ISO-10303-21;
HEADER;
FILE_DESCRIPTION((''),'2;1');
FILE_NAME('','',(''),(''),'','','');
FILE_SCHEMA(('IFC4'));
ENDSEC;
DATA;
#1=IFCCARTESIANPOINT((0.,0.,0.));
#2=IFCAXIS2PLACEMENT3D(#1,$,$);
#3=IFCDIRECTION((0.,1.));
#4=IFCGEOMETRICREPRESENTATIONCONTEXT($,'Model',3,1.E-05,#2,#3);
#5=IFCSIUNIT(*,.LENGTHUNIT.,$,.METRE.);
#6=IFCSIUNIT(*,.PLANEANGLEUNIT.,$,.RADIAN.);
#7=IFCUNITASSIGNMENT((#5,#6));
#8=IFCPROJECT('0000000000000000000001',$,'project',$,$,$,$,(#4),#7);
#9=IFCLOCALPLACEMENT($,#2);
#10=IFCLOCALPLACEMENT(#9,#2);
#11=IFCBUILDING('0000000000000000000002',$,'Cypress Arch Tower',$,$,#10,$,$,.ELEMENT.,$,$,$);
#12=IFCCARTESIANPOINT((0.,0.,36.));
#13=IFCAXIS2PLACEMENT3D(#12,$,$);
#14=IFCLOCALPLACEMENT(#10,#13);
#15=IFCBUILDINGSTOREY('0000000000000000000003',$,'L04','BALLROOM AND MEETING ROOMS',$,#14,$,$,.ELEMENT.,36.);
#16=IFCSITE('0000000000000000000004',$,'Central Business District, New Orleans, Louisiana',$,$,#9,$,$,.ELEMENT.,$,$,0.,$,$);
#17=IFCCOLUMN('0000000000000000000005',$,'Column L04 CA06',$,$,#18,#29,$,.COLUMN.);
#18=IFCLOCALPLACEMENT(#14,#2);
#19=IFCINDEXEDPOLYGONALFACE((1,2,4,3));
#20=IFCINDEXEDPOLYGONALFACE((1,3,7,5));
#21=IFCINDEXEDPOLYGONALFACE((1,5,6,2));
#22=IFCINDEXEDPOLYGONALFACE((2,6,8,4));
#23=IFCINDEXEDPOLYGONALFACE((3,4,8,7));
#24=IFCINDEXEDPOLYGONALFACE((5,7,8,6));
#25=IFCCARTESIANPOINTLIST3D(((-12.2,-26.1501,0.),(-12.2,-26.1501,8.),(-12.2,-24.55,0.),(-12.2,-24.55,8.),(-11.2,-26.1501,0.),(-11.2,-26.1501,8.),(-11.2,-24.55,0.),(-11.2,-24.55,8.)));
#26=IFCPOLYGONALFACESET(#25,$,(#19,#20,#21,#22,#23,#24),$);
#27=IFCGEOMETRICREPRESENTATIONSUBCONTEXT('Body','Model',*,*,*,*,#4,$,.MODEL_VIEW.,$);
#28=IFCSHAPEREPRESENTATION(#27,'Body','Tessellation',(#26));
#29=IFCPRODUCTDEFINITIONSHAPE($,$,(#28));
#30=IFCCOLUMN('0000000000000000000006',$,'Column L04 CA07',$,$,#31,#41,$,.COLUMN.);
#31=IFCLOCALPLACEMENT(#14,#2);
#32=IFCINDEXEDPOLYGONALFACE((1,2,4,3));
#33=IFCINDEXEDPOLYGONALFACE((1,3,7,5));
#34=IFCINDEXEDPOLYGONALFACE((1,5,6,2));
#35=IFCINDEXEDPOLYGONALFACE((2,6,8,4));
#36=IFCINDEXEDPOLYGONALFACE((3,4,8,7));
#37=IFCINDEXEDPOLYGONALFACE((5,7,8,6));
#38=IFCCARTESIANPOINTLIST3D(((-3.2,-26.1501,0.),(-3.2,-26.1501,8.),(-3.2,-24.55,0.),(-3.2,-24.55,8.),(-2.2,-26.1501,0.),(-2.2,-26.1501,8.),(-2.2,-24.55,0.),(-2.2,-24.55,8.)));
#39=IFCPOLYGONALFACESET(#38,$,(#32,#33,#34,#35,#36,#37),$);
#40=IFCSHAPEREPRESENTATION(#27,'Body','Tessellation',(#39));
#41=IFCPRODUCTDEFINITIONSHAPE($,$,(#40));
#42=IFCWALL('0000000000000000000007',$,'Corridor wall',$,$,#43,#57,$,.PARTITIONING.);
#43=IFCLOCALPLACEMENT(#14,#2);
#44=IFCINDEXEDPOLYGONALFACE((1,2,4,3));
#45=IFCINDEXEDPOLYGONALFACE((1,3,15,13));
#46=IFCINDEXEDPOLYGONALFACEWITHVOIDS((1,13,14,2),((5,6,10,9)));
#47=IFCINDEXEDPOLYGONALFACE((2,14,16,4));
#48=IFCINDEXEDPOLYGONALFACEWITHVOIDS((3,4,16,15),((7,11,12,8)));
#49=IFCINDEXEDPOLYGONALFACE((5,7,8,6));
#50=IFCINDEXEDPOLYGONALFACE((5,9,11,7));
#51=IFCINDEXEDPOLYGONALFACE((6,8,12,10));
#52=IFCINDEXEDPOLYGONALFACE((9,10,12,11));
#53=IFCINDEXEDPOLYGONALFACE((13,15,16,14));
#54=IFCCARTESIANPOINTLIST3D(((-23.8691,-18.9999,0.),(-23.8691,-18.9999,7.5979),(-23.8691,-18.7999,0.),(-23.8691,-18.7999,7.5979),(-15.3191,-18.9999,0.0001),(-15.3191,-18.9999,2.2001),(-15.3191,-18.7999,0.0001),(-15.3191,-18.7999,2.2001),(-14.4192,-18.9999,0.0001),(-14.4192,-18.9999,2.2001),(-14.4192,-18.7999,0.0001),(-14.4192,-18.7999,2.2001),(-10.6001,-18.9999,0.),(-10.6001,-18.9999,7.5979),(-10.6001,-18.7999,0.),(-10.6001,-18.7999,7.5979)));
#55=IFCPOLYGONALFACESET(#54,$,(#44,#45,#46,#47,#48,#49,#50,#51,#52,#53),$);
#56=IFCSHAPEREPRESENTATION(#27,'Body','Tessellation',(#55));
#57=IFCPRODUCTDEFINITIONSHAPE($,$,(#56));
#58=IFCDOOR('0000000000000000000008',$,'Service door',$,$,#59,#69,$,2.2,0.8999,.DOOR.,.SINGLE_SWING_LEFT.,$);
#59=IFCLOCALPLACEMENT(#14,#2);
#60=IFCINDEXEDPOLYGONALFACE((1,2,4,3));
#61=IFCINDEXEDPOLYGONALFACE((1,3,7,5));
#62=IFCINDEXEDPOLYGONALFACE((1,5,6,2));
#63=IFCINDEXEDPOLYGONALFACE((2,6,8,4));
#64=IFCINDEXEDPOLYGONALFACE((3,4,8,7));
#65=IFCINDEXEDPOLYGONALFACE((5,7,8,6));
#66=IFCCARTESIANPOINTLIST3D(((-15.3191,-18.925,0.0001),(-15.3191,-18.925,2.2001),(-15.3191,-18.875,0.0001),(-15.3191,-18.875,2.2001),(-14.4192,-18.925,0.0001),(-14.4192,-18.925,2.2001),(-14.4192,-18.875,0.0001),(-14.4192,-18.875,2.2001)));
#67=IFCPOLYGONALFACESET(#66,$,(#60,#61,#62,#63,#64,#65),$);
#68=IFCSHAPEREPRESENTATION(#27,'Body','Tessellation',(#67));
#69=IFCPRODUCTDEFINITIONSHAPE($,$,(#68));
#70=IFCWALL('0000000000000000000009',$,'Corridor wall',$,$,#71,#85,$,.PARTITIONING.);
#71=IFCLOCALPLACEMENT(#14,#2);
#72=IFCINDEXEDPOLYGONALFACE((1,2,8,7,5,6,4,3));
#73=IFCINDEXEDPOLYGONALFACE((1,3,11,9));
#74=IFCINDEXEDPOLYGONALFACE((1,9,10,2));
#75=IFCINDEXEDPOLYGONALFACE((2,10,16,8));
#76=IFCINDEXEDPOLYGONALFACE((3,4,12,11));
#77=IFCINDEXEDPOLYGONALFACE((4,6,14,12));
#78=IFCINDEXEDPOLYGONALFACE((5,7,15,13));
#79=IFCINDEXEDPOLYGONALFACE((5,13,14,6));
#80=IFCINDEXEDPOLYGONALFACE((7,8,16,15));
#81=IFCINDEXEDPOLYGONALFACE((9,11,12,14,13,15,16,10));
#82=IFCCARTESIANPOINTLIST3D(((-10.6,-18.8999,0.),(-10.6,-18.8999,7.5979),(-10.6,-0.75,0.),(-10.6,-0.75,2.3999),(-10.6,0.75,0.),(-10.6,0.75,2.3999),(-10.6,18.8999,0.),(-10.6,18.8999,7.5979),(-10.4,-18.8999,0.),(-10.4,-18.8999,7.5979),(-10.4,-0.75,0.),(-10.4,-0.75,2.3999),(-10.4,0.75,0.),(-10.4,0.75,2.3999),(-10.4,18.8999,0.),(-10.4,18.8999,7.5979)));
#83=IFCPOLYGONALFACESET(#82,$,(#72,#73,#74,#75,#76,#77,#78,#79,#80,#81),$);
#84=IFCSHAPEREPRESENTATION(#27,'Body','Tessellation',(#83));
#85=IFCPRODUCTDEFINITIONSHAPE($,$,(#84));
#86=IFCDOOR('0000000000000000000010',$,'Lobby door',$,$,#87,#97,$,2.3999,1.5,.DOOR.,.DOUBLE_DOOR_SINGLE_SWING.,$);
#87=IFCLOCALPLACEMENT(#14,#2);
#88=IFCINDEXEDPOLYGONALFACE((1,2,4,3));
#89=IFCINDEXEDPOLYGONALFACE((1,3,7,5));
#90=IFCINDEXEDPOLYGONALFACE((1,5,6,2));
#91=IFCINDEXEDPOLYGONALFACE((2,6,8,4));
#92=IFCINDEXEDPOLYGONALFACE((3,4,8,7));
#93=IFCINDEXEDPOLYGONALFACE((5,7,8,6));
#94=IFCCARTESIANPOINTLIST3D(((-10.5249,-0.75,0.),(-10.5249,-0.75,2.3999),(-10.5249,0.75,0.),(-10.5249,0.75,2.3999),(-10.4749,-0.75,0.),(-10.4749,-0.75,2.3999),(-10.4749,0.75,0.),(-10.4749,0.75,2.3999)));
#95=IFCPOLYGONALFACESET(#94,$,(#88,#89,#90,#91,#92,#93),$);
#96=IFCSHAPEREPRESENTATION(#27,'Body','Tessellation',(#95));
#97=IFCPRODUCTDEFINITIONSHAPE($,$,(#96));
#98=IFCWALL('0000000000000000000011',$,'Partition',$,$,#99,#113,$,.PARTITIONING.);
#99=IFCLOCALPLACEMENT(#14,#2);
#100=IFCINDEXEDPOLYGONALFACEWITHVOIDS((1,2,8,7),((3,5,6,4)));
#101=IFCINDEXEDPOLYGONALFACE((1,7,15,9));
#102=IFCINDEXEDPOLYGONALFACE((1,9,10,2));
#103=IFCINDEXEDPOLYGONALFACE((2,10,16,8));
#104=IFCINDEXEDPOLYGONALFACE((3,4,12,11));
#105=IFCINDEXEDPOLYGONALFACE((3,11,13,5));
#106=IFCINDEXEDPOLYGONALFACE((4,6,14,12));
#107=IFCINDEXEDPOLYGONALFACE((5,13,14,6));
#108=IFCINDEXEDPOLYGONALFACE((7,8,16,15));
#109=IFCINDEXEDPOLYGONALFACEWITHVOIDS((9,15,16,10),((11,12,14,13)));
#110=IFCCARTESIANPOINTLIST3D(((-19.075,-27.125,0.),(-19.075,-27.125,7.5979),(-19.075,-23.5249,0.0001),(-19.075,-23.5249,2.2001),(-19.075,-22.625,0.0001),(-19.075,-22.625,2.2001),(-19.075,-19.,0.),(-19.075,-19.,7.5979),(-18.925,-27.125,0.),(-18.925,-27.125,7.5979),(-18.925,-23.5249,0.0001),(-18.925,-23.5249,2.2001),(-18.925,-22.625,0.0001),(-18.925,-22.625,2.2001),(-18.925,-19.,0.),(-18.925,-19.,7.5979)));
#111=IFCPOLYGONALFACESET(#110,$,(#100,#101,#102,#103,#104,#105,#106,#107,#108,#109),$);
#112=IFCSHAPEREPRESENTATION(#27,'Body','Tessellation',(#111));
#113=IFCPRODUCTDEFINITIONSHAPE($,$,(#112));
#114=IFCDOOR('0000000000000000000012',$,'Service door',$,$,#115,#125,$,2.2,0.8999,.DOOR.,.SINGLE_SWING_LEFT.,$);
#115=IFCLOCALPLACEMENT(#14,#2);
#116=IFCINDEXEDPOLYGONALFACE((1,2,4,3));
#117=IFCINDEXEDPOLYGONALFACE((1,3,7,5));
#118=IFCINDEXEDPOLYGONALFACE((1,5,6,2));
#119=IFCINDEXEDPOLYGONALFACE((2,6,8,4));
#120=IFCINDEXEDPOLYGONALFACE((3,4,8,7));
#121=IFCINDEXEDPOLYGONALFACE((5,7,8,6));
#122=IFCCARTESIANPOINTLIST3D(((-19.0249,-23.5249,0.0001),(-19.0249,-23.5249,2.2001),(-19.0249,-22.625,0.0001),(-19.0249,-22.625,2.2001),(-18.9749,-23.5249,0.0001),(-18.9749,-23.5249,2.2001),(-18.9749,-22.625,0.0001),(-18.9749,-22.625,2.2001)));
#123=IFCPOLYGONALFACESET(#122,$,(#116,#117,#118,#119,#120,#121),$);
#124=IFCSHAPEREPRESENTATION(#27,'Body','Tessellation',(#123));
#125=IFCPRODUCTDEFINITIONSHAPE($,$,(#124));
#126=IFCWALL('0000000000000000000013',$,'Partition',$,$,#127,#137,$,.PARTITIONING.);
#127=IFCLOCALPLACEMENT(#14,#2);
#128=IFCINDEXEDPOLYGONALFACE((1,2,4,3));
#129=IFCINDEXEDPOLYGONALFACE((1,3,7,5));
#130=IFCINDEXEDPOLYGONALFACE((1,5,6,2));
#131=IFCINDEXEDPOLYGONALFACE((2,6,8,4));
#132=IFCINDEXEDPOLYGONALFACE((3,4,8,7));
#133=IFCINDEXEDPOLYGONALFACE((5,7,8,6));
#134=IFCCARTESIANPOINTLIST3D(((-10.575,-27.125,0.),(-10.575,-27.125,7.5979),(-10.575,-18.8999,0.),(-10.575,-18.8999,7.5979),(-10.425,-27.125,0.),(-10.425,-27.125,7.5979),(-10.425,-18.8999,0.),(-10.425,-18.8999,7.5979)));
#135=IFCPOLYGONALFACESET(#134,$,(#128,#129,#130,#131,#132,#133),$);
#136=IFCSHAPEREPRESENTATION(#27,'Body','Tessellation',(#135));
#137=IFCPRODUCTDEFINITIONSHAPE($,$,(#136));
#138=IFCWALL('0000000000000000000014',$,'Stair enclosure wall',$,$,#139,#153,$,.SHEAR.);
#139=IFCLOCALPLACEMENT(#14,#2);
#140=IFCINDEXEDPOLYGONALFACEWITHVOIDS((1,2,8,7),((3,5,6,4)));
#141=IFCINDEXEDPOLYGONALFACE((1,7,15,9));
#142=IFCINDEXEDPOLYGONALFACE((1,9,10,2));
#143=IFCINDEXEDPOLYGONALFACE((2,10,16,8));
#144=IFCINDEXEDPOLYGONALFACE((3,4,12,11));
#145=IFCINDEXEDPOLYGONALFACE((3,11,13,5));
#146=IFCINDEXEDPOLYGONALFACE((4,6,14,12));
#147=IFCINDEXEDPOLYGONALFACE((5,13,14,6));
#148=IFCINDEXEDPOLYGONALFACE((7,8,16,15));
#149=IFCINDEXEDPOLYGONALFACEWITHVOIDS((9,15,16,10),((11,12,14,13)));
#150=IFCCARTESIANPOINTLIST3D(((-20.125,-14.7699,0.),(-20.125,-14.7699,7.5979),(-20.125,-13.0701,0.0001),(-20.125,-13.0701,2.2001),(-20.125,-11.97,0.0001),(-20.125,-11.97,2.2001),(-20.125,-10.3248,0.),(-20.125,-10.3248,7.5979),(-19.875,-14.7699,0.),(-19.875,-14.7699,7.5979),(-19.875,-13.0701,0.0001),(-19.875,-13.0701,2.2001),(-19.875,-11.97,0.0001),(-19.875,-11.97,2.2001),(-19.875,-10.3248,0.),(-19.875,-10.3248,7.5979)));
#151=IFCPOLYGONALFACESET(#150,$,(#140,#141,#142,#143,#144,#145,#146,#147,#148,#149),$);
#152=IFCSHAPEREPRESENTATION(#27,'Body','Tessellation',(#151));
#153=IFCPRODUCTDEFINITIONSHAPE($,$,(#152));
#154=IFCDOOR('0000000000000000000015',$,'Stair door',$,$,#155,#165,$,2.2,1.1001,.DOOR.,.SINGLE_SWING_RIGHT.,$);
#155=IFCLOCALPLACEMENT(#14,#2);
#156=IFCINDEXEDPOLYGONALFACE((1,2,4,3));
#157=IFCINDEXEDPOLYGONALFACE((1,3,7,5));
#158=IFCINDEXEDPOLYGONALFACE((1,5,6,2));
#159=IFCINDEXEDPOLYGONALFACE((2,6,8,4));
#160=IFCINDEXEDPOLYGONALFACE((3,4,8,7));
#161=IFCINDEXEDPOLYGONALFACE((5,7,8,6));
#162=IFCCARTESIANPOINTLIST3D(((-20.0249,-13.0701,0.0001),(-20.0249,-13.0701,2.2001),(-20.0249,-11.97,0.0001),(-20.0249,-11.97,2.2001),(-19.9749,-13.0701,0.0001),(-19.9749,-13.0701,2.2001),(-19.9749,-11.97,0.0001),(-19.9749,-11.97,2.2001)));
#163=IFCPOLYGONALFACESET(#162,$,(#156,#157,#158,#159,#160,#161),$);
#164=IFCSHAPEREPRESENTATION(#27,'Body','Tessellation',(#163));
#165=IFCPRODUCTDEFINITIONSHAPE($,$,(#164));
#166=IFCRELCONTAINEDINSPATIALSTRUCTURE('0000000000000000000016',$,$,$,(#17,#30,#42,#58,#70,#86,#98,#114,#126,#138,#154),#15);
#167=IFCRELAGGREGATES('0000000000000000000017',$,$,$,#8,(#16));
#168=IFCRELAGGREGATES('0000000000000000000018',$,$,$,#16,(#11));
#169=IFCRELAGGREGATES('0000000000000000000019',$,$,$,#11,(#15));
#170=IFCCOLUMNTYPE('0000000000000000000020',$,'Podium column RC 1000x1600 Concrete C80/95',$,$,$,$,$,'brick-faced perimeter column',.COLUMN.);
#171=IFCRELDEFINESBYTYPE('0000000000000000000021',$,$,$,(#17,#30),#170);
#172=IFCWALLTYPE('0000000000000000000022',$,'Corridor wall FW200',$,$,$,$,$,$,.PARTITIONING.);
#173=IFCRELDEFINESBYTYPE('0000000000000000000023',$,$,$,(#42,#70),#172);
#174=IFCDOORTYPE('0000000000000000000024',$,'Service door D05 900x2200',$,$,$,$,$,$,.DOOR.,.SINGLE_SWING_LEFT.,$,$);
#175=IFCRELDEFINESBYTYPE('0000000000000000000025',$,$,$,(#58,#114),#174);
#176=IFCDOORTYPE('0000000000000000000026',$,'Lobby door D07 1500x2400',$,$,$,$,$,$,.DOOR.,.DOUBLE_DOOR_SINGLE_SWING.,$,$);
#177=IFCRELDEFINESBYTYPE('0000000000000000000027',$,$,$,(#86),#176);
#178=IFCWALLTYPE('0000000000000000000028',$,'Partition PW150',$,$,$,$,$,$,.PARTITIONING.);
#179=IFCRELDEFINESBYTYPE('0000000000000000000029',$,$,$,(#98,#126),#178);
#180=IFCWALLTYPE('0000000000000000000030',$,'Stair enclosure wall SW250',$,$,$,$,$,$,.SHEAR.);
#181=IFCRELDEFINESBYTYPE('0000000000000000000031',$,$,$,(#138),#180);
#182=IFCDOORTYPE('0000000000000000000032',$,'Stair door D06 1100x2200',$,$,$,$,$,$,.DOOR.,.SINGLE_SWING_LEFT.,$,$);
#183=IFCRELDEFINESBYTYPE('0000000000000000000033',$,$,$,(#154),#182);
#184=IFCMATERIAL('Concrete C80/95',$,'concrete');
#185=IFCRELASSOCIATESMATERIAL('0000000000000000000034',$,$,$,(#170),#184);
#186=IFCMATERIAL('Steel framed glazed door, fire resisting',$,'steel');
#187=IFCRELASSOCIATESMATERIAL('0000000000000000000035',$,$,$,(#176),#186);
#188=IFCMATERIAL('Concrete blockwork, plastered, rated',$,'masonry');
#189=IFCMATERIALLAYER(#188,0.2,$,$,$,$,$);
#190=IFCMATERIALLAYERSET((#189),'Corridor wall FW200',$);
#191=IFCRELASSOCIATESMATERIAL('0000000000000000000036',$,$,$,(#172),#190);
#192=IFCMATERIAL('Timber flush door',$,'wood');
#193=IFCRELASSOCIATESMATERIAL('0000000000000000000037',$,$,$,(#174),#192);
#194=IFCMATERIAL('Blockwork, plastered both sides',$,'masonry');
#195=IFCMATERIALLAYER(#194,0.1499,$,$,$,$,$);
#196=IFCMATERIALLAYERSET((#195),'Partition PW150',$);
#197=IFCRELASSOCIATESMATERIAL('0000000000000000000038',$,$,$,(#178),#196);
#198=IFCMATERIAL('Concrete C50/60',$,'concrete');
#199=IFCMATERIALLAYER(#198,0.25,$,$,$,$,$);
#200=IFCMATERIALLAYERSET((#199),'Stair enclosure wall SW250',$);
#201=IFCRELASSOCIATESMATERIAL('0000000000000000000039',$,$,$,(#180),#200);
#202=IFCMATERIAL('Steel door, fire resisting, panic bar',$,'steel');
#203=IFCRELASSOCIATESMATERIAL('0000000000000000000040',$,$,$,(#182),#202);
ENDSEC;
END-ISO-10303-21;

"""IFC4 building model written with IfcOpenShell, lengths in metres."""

from ifc_helpers import new_model, si_unit, direction, frame, frame_2d, origin, origin_2d, place, context, subcontext, project, spatial, rectangle, extrude, material, layer, layer_set, material_profile, profile_set, type_object, element, fill, save


model = new_model("IFC4")

# Units and contexts
model_context = context("Model", 3, precision=1e-05, world=origin(), true_north=direction((0.0, 1.0)))
body_context = subcontext(model_context, "Body", "Model", "MODEL_VIEW")
ifc_project = project(units=[si_unit("LENGTHUNIT", "METRE"), si_unit("PLANEANGLEUNIT", "RADIAN")], contexts=[model_context])

# Site, building, storey
site_placement = place(None, origin())
site = spatial("IfcSite", under=ifc_project, at=site_placement, Name="Central Business District, New Orleans, Louisiana", CompositionType="ELEMENT", RefElevation=0.0)
building_placement = place(site_placement, origin())
building = spatial("IfcBuilding", under=site, at=building_placement, Name="Cypress Arch Tower", CompositionType="ELEMENT")
storey_placement = place(building_placement, frame((0.0, 0.0, 36.0)))
storey = spatial("IfcBuildingStorey", under=building, at=storey_placement, Name="L04", Description="BALLROOM AND MEETING ROOMS", CompositionType="ELEMENT", Elevation=36.0)

# Columns
ifc_material_1 = material(Name="Concrete C80/95", Category="concrete")
ifc_material_profile_1 = material_profile(ifc_material_1, rectangle(XDim=1.0, YDim=1.6001, at=origin_2d()), Name="RC 1000x1600")
ifc_profile_set_1 = profile_set([ifc_material_profile_1], Name="Concrete C80/95")
column_type_1 = type_object("IfcColumnType", Name="Podium column RC 1000x1600 Concrete C80/95", ElementType="brick-faced perimeter column", PredefinedType="COLUMN", material=ifc_profile_set_1)
for number, where, z_axis, x_axis, name in (
    (1, (-11.7, -25.3501, 0.0), (0.0, 0.0, 1.0), (1.0, 0.0, 0.0), "Column L04 CA06"),
    (2, (-2.7, -25.3501, 0.0), (0.0, 0.0, 1.0), (1.0, 0.0, 0.0), "Column L04 CA07"),
):
    element("IfcColumn", number, at=place(storey_placement, frame(where, z_axis=z_axis, x_axis=x_axis)), inside=storey, type_object=column_type_1, Name=name, PredefinedType="COLUMN", context=body_context, shape_type="SweptSolid", body=[
        extrude(rectangle(XDim=1.0, YDim=1.6001, at=origin_2d()), origin(), (0.0, 0.0, 1.0), 8.0),
    ])

# Shared definitions
ifc_material_2 = material(Name="Steel framed glazed door, fire resisting", Category="steel")
door_type_1 = type_object("IfcDoorType", Name="Lobby door D07 1500x2400", OperationType="DOUBLE_DOOR_SINGLE_SWING", PredefinedType="DOOR", material=ifc_material_2)

# Walls, openings, doors
ifc_material_3 = material(Name="Concrete blockwork, plastered, rated", Category="masonry")
ifc_layer_1 = layer(ifc_material_3, 0.2)
ifc_layer_set_1 = layer_set([ifc_layer_1], Name="Corridor wall FW200")
wall_type_1 = type_object("IfcWallType", Name="Corridor wall FW200", PredefinedType="PARTITIONING", material=ifc_layer_set_1)
wall_1_placement = place(storey_placement, frame((-23.8691, -18.8999, 0.0), z_axis=(0.0, 0.0, 1.0), x_axis=(1.0, 0.0, 0.0)))
wall_1 = element("IfcWall", 3, at=wall_1_placement, inside=storey, type_object=wall_type_1, Name="Corridor wall", PredefinedType="PARTITIONING", context=body_context, shape_type="SweptSolid", body=[
    extrude(rectangle(XDim=13.269, YDim=0.2, at=frame_2d((6.6345, 0.0))), origin(), (0.0, 0.0, 1.0), 7.5979),
])
opening_1_placement = place(wall_1_placement, frame((8.55, 0.0, 0.0)))
opening_1 = element("IfcOpeningElement", 4, at=opening_1_placement, cuts=wall_1, PredefinedType="OPENING", context=body_context, shape_type="SweptSolid", body=[
    extrude(rectangle(XDim=0.8999, YDim=2.2, at=frame_2d((0.45, 1.1001))), frame((0.0, 0.1099, 0.0), z_axis=(0.0, -1.0, 0.0), x_axis=(1.0, 0.0, 0.0)), (0.0, 0.0, 1.0), 0.22),
])
ifc_material_4 = material(Name="Timber flush door", Category="wood")
door_type_2 = type_object("IfcDoorType", Name="Service door D05 900x2200", OperationType="SINGLE_SWING_LEFT", PredefinedType="DOOR", material=ifc_material_4)
door_1_placement = place(opening_1_placement, origin())
door_1 = element("IfcDoor", 5, at=door_1_placement, inside=storey, type_object=door_type_2, Name="Service door", OperationType="SINGLE_SWING_LEFT", OverallHeight=2.2, OverallWidth=0.8999, PredefinedType="DOOR", context=body_context, shape_type="SweptSolid", body=[
    extrude(rectangle(XDim=0.8999, YDim=2.2, at=frame_2d((0.45, 1.1001))), frame((0.0, 0.0249, 0.0), z_axis=(0.0, -1.0, 0.0), x_axis=(1.0, 0.0, 0.0)), (0.0, 0.0, 1.0), 0.05),
])
fill(opening_1, door_1)
wall_2_placement = place(storey_placement, frame((-10.5, -18.8999, 0.0), z_axis=(0.0, 0.0, 1.0), x_axis=(0.0, 1.0, 0.0)))
wall_2 = element("IfcWall", 6, at=wall_2_placement, inside=storey, type_object=wall_type_1, Name="Corridor wall", PredefinedType="PARTITIONING", context=body_context, shape_type="SweptSolid", body=[
    extrude(rectangle(XDim=37.7998, YDim=0.2, at=frame_2d((18.8999, 0.0))), origin(), (0.0, 0.0, 1.0), 7.5979),
])
opening_2_placement = place(wall_2_placement, frame((18.1499, 0.0, 0.0)))
opening_2 = element("IfcOpeningElement", 7, at=opening_2_placement, cuts=wall_2, PredefinedType="OPENING", context=body_context, shape_type="SweptSolid", body=[
    extrude(rectangle(XDim=1.5, YDim=2.3999, at=frame_2d((0.75, 1.2))), frame((0.0, 0.1099, 0.0), z_axis=(0.0, -1.0, 0.0), x_axis=(1.0, 0.0, 0.0)), (0.0, 0.0, 1.0), 0.22),
])
door_2_placement = place(opening_2_placement, origin())
door_2 = element("IfcDoor", 8, at=door_2_placement, inside=storey, type_object=door_type_1, Name="Lobby door", OperationType="DOUBLE_DOOR_SINGLE_SWING", OverallHeight=2.3999, OverallWidth=1.5, PredefinedType="DOOR", context=body_context, shape_type="SweptSolid", body=[
    extrude(rectangle(XDim=1.5, YDim=2.3999, at=frame_2d((0.75, 1.2))), frame((0.0, 0.0249, 0.0), z_axis=(0.0, -1.0, 0.0), x_axis=(1.0, 0.0, 0.0)), (0.0, 0.0, 1.0), 0.05),
])
fill(opening_2, door_2)
ifc_material_5 = material(Name="Blockwork, plastered both sides", Category="masonry")
ifc_layer_2 = layer(ifc_material_5, 0.1499)
ifc_layer_set_2 = layer_set([ifc_layer_2], Name="Partition PW150")
wall_type_2 = type_object("IfcWallType", Name="Partition PW150", PredefinedType="PARTITIONING", material=ifc_layer_set_2)
wall_3_placement = place(storey_placement, frame((-19.0, -27.125, 0.0), z_axis=(0.0, 0.0, 1.0), x_axis=(0.0, 1.0, 0.0)))
wall_3 = element("IfcWall", 9, at=wall_3_placement, inside=storey, type_object=wall_type_2, Name="Partition", PredefinedType="PARTITIONING", context=body_context, shape_type="SweptSolid", body=[
    extrude(rectangle(XDim=8.125, YDim=0.1499, at=frame_2d((4.0625, 0.0))), origin(), (0.0, 0.0, 1.0), 7.5979),
])
opening_3_placement = place(wall_3_placement, frame((3.6001, 0.0, 0.0)))
opening_3 = element("IfcOpeningElement", 10, at=opening_3_placement, cuts=wall_3, PredefinedType="OPENING", context=body_context, shape_type="SweptSolid", body=[
    extrude(rectangle(XDim=0.8999, YDim=2.2, at=frame_2d((0.45, 1.1001))), frame((0.0, 0.085, 0.0), z_axis=(0.0, -1.0, 0.0), x_axis=(1.0, 0.0, 0.0)), (0.0, 0.0, 1.0), 0.1699),
])
door_3_placement = place(opening_3_placement, origin())
door_3 = element("IfcDoor", 11, at=door_3_placement, inside=storey, type_object=door_type_2, Name="Service door", OperationType="SINGLE_SWING_LEFT", OverallHeight=2.2, OverallWidth=0.8999, PredefinedType="DOOR", context=body_context, shape_type="SweptSolid", body=[
    extrude(rectangle(XDim=0.8999, YDim=2.2, at=frame_2d((0.45, 1.1001))), frame((0.0, 0.0249, 0.0), z_axis=(0.0, -1.0, 0.0), x_axis=(1.0, 0.0, 0.0)), (0.0, 0.0, 1.0), 0.05),
])
fill(opening_3, door_3)

# Wall
wall_4_placement = place(storey_placement, frame((-10.5, -27.125, 0.0), z_axis=(0.0, 0.0, 1.0), x_axis=(0.0, 1.0, 0.0)))
element("IfcWall", 12, at=wall_4_placement, inside=storey, type_object=wall_type_2, Name="Partition", PredefinedType="PARTITIONING", context=body_context, shape_type="SweptSolid", body=[
    extrude(rectangle(XDim=8.2251, YDim=0.1499, at=frame_2d((4.1125, 0.0))), origin(), (0.0, 0.0, 1.0), 7.5979),
])

# Wall, opening, door
ifc_material_6 = material(Name="Concrete C50/60", Category="concrete")
ifc_layer_3 = layer(ifc_material_6, 0.25)
ifc_layer_set_3 = layer_set([ifc_layer_3], Name="Stair enclosure wall SW250")
wall_type_3 = type_object("IfcWallType", Name="Stair enclosure wall SW250", PredefinedType="SHEAR", material=ifc_layer_set_3)
wall_5_placement = place(storey_placement, frame((-20.0, -14.77, 0.0), z_axis=(0.0, 0.0, 1.0), x_axis=(0.0, 1.0, 0.0)))
wall_5 = element("IfcWall", 13, at=wall_5_placement, inside=storey, type_object=wall_type_3, Name="Stair enclosure wall", PredefinedType="SHEAR", context=body_context, shape_type="SweptSolid", body=[
    extrude(rectangle(XDim=4.4451, YDim=0.25, at=frame_2d((2.2227, 0.0))), origin(), (0.0, 0.0, 1.0), 7.5979),
])
opening_4_placement = place(wall_5_placement, frame((1.7, 0.0, 0.0)))
opening_4 = element("IfcOpeningElement", 14, at=opening_4_placement, cuts=wall_5, PredefinedType="OPENING", context=body_context, shape_type="SweptSolid", body=[
    extrude(rectangle(XDim=1.1001, YDim=2.2, at=frame_2d((0.55, 1.1001))), frame((0.0, 0.135, 0.0), z_axis=(0.0, -1.0, 0.0), x_axis=(1.0, 0.0, 0.0)), (0.0, 0.0, 1.0), 0.27),
])
ifc_material_7 = material(Name="Steel door, fire resisting, panic bar", Category="steel")
door_type_3 = type_object("IfcDoorType", Name="Stair door D06 1100x2200", OperationType="SINGLE_SWING_LEFT", PredefinedType="DOOR", material=ifc_material_7)
door_4_placement = place(opening_4_placement, origin())
door_4 = element("IfcDoor", 15, at=door_4_placement, inside=storey, type_object=door_type_3, Name="Stair door", OperationType="SINGLE_SWING_RIGHT", OverallHeight=2.2, OverallWidth=1.1001, PredefinedType="DOOR", context=body_context, shape_type="SweptSolid", body=[
    extrude(rectangle(XDim=1.1001, YDim=2.2, at=frame_2d((0.55, 1.1001))), frame((0.0, 0.0249, 0.0), z_axis=(0.0, -1.0, 0.0), x_axis=(1.0, 0.0, 0.0)), (0.0, 0.0, 1.0), 0.05),
])
fill(opening_4, door_4)

save(model, "model.ifc")
